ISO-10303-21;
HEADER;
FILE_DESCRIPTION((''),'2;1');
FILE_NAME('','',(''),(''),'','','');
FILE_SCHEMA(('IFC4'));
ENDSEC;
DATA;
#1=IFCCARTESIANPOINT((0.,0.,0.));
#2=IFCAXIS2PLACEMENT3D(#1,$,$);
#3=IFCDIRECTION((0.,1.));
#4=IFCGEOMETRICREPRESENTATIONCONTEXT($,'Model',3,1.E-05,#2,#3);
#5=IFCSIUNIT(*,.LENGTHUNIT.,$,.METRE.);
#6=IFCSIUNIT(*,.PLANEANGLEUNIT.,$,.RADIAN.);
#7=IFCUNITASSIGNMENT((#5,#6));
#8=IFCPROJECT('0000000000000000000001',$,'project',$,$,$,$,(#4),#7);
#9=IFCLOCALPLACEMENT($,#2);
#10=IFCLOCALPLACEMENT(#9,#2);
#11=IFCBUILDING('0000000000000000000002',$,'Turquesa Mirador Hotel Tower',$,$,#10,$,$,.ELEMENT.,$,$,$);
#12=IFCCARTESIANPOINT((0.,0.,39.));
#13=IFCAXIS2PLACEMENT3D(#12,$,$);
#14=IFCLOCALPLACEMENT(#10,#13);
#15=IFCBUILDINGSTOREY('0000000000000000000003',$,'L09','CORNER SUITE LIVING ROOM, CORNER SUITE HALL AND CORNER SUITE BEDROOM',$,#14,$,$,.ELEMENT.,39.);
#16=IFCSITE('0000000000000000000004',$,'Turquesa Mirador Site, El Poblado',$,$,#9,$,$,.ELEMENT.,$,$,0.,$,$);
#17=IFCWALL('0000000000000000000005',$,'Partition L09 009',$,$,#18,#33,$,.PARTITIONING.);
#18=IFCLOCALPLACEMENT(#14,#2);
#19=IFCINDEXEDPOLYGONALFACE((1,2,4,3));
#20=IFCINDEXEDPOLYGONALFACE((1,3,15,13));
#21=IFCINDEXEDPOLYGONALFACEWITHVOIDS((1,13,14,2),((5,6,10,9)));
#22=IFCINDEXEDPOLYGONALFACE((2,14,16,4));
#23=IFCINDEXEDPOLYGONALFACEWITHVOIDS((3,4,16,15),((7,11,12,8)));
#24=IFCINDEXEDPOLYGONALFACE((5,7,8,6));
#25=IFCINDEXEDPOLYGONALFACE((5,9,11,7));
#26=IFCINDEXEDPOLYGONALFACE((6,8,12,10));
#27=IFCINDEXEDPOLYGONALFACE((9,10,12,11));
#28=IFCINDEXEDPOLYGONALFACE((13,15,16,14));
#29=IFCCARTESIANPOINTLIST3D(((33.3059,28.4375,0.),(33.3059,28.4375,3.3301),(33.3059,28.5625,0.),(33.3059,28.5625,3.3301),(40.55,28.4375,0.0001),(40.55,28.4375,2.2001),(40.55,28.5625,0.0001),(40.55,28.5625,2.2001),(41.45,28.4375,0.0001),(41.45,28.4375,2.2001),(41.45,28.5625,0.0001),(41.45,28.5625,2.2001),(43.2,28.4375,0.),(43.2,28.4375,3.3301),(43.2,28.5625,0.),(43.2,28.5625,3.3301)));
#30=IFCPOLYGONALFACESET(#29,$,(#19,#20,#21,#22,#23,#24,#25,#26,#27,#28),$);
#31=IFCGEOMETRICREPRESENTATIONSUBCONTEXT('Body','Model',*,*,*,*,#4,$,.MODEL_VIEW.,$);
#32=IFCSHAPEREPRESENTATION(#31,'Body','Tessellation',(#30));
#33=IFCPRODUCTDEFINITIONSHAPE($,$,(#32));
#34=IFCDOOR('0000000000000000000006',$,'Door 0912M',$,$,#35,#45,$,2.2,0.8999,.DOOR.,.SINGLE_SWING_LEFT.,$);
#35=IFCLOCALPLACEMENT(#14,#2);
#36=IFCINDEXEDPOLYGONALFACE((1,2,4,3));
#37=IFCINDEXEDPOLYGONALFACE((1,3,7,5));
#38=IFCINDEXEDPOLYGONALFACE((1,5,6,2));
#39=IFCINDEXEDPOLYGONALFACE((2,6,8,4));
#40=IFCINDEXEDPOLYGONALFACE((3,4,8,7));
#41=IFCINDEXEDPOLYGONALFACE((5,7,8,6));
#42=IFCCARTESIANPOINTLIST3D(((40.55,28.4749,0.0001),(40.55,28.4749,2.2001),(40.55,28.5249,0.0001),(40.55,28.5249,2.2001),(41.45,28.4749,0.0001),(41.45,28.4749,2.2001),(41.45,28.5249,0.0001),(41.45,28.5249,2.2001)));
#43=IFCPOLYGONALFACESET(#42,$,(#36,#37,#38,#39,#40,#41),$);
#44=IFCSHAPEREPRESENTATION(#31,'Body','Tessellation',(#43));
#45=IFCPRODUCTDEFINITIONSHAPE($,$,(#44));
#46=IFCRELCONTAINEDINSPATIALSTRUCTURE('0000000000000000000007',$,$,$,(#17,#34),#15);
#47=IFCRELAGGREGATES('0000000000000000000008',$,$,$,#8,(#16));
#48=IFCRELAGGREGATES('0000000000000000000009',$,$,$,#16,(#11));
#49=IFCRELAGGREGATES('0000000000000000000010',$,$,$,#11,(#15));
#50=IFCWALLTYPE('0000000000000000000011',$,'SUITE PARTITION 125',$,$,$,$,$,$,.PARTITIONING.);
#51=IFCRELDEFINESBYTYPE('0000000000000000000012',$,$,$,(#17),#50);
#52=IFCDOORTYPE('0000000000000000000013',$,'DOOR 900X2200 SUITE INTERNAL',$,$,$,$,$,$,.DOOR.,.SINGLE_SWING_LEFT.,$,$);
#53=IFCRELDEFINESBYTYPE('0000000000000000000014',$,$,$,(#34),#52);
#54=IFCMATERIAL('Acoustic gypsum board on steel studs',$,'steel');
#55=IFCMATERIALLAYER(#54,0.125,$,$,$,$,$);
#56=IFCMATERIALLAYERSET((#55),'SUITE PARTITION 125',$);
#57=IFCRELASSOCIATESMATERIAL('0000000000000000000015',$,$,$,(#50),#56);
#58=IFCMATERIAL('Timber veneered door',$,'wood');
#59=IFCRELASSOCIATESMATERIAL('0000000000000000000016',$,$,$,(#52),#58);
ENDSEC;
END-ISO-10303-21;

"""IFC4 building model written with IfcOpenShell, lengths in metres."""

from ifc_helpers import new_model, si_unit, direction, frame, frame_2d, origin, place, context, subcontext, project, spatial, rectangle, extrude, material, layer, layer_set, type_object, element, fill, save


model = new_model("IFC4")

# Units and contexts
model_context = context("Model", 3, precision=1e-05, world=origin(), true_north=direction((0.0, 1.0)))
body_context = subcontext(model_context, "Body", "Model", "MODEL_VIEW")
ifc_project = project(units=[si_unit("LENGTHUNIT", "METRE"), si_unit("PLANEANGLEUNIT", "RADIAN")], contexts=[model_context])

# Site, building, storey
site_placement = place(None, origin())
site = spatial("IfcSite", under=ifc_project, at=site_placement, Name="Turquesa Mirador Site, El Poblado", CompositionType="ELEMENT", RefElevation=0.0)
building_placement = place(site_placement, origin())
building = spatial("IfcBuilding", under=site, at=building_placement, Name="Turquesa Mirador Hotel Tower", CompositionType="ELEMENT")
storey_placement = place(building_placement, frame((0.0, 0.0, 39.0)))
storey = spatial("IfcBuildingStorey", under=building, at=storey_placement, Name="L09", Description="CORNER SUITE LIVING ROOM, CORNER SUITE HALL AND CORNER SUITE BEDROOM", CompositionType="ELEMENT", Elevation=39.0)

# Wall, opening, door
ifc_material_1 = material(Name="Acoustic gypsum board on steel studs", Category="steel")
ifc_layer_1 = layer(ifc_material_1, 0.125)
ifc_layer_set_1 = layer_set([ifc_layer_1], Name="SUITE PARTITION 125")
wall_type_1 = type_object("IfcWallType", Name="SUITE PARTITION 125", PredefinedType="PARTITIONING", material=ifc_layer_set_1)
wall_1_placement = place(storey_placement, frame((33.3059, 28.5, 0.0), z_axis=(0.0, 0.0, 1.0), x_axis=(1.0, 0.0, 0.0)))
wall_1 = element("IfcWall", 1, at=wall_1_placement, inside=storey, type_object=wall_type_1, Name="Partition L09 009", PredefinedType="PARTITIONING", context=body_context, shape_type="SweptSolid", body=[
    extrude(rectangle(XDim=9.894, YDim=0.125, at=frame_2d((4.947, 0.0))), origin(), (0.0, 0.0, 1.0), 3.3301),
])
opening_1_placement = place(wall_1_placement, frame((7.2441, 0.0, 0.0)))
opening_1 = element("IfcOpeningElement", 2, at=opening_1_placement, cuts=wall_1, PredefinedType="OPENING", context=body_context, shape_type="SweptSolid", body=[
    extrude(rectangle(XDim=0.8999, YDim=2.2, at=frame_2d((0.45, 1.1001))), frame((0.0, 0.0725, 0.0), z_axis=(0.0, -1.0, 0.0), x_axis=(1.0, 0.0, 0.0)), (0.0, 0.0, 1.0), 0.145),
])
ifc_material_2 = material(Name="Timber veneered door", Category="wood")
door_type = type_object("IfcDoorType", Name="DOOR 900X2200 SUITE INTERNAL", OperationType="SINGLE_SWING_LEFT", PredefinedType="DOOR", material=ifc_material_2)
door_placement = place(opening_1_placement, origin())
door = element("IfcDoor", 3, at=door_placement, inside=storey, type_object=door_type, Name="Door 0912M", OperationType="SINGLE_SWING_LEFT", OverallHeight=2.2, OverallWidth=0.8999, PredefinedType="DOOR", context=body_context, shape_type="SweptSolid", body=[
    extrude(rectangle(XDim=0.8999, YDim=2.2, at=frame_2d((0.45, 1.1001))), frame((0.0, 0.0249, 0.0), z_axis=(0.0, -1.0, 0.0), x_axis=(1.0, 0.0, 0.0)), (0.0, 0.0, 1.0), 0.05),
])
fill(opening_1, door)

save(model, "model.ifc")
